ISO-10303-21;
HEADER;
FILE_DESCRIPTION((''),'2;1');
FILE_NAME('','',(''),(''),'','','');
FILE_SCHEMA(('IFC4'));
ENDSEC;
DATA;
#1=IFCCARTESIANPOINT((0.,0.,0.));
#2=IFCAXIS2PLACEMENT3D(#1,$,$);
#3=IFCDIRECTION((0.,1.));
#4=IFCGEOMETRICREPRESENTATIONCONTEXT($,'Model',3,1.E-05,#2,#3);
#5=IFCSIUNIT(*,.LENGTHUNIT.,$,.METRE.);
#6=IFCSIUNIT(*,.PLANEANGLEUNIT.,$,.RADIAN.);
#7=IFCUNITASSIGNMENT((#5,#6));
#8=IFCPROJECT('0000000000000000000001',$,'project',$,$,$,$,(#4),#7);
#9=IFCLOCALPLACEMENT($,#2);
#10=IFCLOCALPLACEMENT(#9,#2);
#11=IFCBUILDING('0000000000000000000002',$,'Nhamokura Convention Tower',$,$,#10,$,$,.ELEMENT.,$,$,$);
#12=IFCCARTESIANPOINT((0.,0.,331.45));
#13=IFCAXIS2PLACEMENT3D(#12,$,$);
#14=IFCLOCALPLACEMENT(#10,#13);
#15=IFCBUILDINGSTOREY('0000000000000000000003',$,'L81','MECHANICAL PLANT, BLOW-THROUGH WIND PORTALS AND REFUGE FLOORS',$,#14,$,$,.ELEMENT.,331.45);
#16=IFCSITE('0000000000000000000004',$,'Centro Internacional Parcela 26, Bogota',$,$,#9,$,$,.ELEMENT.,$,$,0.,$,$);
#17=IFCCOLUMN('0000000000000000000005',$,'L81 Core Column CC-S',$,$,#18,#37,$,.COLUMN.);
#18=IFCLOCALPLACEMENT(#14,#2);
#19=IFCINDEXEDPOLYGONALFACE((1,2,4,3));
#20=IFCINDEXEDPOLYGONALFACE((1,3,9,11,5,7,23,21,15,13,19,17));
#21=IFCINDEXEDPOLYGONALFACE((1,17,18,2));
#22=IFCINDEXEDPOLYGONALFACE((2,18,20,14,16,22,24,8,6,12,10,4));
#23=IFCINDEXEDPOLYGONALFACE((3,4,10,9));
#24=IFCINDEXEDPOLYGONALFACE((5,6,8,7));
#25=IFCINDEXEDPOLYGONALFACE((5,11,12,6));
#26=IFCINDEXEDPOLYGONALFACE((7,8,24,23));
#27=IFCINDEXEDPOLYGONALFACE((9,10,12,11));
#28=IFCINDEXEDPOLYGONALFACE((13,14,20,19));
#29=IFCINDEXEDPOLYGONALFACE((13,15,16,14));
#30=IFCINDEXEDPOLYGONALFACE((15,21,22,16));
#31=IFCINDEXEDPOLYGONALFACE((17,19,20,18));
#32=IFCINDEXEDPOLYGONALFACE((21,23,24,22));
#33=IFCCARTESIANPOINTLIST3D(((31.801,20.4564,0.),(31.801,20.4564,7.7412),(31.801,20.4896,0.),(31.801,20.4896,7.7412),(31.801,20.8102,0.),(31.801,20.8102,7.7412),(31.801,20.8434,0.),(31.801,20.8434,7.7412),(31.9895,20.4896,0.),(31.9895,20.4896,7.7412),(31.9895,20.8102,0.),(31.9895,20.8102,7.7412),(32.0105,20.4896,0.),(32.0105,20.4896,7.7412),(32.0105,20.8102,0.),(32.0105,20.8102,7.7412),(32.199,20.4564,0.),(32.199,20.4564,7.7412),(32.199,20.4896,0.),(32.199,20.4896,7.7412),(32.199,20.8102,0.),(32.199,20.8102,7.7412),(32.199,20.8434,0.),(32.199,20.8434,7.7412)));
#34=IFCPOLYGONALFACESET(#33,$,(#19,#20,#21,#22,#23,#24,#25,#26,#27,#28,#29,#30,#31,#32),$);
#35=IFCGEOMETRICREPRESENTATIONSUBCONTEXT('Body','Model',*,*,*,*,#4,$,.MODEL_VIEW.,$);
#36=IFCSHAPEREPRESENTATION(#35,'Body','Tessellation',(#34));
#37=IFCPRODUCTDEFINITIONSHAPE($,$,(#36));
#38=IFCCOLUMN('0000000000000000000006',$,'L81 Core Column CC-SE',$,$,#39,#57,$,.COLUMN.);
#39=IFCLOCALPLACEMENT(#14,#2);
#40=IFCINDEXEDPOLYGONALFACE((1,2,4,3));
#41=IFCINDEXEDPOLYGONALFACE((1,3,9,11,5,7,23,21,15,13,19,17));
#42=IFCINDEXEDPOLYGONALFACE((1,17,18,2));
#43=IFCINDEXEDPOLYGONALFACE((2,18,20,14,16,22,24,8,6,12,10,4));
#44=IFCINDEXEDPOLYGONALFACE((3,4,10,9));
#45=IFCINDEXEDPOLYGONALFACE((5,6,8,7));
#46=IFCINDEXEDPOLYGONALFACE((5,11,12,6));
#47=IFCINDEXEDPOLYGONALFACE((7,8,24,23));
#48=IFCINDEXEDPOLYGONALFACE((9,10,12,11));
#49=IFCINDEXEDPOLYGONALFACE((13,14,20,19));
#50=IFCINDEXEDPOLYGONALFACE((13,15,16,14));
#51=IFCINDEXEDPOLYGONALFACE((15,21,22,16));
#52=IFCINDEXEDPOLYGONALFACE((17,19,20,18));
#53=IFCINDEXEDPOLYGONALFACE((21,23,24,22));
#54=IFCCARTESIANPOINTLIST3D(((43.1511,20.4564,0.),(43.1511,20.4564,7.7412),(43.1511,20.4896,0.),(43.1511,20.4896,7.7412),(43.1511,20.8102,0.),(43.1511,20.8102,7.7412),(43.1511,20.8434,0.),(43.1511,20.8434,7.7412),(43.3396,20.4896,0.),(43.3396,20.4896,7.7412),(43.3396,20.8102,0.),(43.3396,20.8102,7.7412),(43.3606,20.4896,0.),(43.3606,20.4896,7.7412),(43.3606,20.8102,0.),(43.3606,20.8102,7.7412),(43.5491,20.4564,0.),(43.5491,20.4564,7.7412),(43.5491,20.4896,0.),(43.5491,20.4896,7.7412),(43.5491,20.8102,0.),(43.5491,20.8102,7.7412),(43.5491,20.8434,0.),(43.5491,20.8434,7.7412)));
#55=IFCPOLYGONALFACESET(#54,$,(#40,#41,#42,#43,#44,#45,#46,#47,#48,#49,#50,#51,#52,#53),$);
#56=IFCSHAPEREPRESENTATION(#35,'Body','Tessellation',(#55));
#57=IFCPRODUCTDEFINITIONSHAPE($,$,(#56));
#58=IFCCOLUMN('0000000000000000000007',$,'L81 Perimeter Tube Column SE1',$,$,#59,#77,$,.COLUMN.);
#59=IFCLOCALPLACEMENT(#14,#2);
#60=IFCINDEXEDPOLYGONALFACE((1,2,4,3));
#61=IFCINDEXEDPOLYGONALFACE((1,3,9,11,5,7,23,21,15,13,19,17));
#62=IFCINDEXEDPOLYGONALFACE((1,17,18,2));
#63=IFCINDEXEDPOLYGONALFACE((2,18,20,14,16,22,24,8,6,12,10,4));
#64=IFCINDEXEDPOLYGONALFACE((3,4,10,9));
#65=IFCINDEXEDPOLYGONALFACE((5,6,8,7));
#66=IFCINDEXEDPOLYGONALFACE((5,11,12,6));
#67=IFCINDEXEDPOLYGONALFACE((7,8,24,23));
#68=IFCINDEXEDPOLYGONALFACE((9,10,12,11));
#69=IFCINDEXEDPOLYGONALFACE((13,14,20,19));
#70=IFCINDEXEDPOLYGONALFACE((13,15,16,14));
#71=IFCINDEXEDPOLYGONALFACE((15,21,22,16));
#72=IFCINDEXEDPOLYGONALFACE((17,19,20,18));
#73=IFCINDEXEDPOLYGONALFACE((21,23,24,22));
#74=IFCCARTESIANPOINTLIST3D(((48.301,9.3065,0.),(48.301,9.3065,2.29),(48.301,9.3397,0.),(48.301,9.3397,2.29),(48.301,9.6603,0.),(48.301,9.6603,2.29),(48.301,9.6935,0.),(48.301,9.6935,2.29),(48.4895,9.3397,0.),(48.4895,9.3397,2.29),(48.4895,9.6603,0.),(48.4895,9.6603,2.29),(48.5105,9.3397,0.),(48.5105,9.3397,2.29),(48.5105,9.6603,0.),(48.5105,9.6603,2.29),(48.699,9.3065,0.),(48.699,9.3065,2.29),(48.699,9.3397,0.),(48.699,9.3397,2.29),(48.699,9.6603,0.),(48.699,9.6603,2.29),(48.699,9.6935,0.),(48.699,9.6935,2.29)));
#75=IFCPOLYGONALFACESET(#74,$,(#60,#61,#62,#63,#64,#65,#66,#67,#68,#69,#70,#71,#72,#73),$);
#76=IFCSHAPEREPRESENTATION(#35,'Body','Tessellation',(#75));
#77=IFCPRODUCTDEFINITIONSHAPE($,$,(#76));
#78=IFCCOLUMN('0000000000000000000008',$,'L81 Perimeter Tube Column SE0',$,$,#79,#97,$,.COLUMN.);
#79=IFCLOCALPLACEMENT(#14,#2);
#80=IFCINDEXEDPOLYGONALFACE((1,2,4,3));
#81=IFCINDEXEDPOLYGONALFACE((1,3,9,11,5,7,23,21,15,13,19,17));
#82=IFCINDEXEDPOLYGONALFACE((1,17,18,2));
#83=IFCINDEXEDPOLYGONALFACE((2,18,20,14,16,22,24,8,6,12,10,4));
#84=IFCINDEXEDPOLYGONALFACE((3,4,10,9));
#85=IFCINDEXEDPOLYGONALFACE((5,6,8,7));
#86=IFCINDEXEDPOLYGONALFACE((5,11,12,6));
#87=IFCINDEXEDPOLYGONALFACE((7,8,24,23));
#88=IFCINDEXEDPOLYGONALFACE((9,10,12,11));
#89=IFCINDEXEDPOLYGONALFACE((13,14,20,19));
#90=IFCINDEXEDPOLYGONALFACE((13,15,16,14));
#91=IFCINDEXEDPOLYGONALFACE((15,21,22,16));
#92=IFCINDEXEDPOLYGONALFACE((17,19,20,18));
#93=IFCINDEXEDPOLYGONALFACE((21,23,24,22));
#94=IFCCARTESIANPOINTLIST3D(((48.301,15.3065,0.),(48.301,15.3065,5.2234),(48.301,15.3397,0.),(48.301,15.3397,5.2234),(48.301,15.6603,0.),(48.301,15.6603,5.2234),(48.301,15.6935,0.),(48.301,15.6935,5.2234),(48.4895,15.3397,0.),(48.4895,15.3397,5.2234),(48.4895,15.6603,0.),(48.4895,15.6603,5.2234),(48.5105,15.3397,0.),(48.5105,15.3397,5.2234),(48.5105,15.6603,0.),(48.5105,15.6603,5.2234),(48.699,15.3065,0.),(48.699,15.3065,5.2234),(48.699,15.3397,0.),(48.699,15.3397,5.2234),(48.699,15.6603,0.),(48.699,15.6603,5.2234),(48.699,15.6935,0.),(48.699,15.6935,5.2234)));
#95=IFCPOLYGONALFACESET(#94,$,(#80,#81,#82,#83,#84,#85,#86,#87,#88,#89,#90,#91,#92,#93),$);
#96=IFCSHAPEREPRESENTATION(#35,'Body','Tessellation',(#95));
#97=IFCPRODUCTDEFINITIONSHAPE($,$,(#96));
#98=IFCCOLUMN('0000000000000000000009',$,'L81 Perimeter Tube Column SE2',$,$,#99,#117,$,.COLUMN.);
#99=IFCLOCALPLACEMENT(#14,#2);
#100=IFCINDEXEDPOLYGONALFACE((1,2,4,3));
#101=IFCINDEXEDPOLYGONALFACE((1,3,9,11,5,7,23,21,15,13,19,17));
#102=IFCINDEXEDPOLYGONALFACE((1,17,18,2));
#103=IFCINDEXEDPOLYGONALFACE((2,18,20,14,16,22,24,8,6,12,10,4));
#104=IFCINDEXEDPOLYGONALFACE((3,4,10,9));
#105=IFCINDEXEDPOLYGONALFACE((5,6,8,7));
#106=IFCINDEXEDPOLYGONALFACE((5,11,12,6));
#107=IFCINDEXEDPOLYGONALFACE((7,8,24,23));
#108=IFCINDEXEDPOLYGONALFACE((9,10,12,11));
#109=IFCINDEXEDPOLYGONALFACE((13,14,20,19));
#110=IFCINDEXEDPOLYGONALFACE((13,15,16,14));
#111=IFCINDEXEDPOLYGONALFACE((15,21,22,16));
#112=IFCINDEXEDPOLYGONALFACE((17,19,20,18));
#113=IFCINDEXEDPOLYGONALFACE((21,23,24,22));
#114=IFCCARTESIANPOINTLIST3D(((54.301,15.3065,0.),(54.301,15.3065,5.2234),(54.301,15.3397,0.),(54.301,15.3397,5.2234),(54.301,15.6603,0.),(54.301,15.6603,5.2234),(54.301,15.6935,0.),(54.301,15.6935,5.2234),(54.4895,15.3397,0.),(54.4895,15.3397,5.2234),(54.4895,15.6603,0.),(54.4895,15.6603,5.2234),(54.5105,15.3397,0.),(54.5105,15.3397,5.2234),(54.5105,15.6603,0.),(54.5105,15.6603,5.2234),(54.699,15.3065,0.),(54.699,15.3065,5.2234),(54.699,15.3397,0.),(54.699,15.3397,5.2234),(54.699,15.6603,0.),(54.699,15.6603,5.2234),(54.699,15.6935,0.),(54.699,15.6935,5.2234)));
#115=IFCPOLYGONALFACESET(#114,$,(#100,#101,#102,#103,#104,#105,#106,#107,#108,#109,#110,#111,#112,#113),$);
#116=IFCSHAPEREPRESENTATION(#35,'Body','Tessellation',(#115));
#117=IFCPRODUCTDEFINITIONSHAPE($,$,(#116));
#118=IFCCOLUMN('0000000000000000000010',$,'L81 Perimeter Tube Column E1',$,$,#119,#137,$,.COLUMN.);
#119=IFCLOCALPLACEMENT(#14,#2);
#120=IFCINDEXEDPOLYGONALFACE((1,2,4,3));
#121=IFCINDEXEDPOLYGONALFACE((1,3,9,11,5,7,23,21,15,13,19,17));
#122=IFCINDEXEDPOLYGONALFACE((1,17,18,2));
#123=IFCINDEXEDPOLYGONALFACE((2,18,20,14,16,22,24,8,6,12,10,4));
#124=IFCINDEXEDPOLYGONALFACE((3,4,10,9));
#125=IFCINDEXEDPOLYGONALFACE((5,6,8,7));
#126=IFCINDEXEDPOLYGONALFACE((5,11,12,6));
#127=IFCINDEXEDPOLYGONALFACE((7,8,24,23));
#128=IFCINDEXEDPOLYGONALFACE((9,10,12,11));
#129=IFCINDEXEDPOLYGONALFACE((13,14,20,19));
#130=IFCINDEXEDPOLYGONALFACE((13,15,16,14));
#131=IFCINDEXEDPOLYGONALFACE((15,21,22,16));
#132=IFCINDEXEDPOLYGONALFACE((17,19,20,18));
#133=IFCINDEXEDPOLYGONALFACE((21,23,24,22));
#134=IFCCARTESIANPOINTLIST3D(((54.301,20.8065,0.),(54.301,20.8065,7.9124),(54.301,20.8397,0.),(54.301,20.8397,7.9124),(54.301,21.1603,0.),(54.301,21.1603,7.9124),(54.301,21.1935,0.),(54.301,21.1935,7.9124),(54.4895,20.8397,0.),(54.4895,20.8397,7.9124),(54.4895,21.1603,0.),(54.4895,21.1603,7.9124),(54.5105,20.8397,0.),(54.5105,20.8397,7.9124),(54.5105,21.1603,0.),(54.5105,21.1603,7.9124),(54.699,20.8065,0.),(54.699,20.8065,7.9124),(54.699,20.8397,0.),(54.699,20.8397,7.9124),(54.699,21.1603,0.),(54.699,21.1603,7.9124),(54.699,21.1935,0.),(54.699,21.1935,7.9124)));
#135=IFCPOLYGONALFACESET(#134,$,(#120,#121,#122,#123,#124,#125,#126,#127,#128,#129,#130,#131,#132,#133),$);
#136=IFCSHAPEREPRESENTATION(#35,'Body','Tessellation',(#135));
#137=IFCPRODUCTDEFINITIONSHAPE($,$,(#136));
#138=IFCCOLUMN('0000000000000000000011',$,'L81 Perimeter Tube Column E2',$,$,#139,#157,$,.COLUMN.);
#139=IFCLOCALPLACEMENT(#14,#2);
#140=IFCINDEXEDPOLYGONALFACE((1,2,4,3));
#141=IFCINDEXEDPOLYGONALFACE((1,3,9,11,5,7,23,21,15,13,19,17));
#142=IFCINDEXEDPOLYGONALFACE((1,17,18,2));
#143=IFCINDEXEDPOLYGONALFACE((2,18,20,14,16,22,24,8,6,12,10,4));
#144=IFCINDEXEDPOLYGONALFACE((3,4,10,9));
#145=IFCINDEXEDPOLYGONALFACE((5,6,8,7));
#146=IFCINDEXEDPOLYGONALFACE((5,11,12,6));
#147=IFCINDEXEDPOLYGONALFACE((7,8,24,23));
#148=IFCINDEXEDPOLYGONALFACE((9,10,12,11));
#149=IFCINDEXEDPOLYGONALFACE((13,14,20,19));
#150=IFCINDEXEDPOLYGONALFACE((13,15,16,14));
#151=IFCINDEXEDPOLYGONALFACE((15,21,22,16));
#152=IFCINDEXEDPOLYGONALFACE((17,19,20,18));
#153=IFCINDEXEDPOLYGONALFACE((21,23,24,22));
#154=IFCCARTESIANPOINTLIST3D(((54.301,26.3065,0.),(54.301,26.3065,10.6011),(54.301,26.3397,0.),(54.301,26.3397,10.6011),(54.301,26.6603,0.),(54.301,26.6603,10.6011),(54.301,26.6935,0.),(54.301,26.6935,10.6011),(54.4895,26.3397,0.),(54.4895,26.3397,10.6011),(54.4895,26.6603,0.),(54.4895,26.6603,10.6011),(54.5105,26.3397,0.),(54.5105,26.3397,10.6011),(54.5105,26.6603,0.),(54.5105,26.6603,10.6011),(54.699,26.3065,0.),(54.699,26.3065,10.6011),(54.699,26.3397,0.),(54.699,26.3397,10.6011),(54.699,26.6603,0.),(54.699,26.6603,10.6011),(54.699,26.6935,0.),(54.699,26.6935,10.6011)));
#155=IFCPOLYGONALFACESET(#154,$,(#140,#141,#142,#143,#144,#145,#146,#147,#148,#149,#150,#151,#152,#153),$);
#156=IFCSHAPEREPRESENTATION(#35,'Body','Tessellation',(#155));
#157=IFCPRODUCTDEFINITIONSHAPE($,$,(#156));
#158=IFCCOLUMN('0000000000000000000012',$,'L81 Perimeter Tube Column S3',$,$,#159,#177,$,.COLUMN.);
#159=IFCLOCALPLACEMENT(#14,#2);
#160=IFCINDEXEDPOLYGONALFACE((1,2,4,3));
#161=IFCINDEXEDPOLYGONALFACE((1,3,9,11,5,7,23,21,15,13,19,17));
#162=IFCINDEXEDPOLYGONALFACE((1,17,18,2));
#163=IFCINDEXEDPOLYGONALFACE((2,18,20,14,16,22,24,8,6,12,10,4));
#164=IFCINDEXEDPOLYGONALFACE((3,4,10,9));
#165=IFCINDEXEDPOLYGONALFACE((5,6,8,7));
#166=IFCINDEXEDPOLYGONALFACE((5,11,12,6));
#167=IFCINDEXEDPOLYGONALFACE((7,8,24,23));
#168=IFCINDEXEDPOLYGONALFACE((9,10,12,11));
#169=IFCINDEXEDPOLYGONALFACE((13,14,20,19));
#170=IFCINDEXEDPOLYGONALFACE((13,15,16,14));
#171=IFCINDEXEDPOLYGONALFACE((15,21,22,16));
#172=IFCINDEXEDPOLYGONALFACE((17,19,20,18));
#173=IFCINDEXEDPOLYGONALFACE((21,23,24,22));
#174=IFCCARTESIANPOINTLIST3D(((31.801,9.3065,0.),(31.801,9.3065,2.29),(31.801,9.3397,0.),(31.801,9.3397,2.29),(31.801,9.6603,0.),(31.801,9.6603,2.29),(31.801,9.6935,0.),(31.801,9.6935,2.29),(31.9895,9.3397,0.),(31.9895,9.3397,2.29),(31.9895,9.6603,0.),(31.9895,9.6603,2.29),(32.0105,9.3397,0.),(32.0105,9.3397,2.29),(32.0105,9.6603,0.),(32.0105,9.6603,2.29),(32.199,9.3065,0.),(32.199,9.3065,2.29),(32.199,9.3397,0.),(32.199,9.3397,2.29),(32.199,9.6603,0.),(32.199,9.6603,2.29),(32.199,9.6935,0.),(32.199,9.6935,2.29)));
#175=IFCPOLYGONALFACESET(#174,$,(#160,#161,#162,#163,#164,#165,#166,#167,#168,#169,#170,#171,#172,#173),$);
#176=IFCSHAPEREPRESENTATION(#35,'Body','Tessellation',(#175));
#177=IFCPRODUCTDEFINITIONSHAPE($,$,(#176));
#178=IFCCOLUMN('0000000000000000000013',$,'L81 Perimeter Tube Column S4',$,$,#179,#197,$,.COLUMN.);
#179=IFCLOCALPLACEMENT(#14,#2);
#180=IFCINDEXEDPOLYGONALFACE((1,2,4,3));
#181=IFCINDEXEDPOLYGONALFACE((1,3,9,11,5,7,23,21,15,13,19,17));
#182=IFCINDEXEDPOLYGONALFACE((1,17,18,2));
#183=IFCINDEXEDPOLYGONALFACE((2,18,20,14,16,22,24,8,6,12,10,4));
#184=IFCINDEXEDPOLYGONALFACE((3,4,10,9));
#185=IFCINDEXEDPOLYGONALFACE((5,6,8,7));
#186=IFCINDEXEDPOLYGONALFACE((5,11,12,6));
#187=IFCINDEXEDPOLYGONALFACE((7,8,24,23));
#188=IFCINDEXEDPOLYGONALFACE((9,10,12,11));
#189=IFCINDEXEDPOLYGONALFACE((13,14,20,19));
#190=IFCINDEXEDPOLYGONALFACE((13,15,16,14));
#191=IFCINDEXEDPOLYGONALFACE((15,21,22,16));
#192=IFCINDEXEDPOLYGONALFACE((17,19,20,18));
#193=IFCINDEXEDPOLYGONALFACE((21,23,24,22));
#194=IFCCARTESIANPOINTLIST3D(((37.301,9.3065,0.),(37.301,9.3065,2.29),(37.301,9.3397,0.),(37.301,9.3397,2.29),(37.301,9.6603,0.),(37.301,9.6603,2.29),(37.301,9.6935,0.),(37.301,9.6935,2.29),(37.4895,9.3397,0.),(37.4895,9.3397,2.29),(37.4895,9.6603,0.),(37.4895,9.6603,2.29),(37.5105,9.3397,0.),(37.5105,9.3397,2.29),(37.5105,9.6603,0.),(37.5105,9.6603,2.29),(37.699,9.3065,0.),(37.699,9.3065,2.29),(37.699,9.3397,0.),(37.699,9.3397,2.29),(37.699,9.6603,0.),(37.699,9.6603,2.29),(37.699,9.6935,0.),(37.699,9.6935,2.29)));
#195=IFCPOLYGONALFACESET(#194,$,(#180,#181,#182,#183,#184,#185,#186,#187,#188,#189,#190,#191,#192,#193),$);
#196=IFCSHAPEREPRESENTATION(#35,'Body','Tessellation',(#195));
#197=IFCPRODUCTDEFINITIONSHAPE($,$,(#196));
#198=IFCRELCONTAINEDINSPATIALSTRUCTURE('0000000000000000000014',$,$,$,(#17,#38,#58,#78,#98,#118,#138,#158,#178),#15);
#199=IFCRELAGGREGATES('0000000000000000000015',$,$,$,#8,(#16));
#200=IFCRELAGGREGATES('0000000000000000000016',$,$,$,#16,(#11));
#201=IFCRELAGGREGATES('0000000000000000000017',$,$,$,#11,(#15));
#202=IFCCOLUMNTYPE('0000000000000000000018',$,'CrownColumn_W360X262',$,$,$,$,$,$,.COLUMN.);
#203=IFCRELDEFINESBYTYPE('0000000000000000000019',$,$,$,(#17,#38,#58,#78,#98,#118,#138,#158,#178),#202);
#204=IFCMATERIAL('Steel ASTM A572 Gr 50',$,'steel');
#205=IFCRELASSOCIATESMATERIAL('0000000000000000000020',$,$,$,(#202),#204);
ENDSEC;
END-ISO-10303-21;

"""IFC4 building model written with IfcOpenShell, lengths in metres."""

from ifc_helpers import new_model, si_unit, direction, frame, origin, origin_2d, place, context, subcontext, project, spatial, i_section, extrude, material, material_profile, profile_set, type_object, element, save


model = new_model("IFC4")

# Units and contexts
model_context = context("Model", 3, precision=1e-05, world=origin(), true_north=direction((0.0, 1.0)))
body_context = subcontext(model_context, "Body", "Model", "MODEL_VIEW")
ifc_project = project(units=[si_unit("LENGTHUNIT", "METRE"), si_unit("PLANEANGLEUNIT", "RADIAN")], contexts=[model_context])

# Site, building, storey
site_placement = place(None, origin())
site = spatial("IfcSite", under=ifc_project, at=site_placement, Name="Centro Internacional Parcela 26, Bogota", CompositionType="ELEMENT", RefElevation=0.0)
building_placement = place(site_placement, origin())
building = spatial("IfcBuilding", under=site, at=building_placement, Name="Nhamokura Convention Tower", CompositionType="ELEMENT")
storey_placement = place(building_placement, frame((0.0, 0.0, 331.45)))
storey = spatial("IfcBuildingStorey", under=building, at=storey_placement, Name="L81", Description="MECHANICAL PLANT, BLOW-THROUGH WIND PORTALS AND REFUGE FLOORS", CompositionType="ELEMENT", Elevation=331.45)

# Columns
ifc_material_1 = material(Name="Steel ASTM A572 Gr 50", Category="steel")
ifc_material_profile_1 = material_profile(ifc_material_1, i_section(OverallWidth=0.3979, OverallDepth=0.387, WebThickness=0.021, FlangeThickness=0.0332, at=origin_2d()))
ifc_profile_set_1 = profile_set([ifc_material_profile_1], Name="Steel ASTM A572 Gr 50")
column_type = type_object("IfcColumnType", Name="CrownColumn_W360X262", PredefinedType="COLUMN", material=ifc_profile_set_1)
for number, where, z_axis, x_axis, name in (
    (1, (32.0, 20.6499, 0.0), (0.0, 0.0, 1.0), (1.0, 0.0, 0.0), "L81 Core Column CC-S"),
    (2, (43.3501, 20.6499, 0.0), (0.0, 0.0, 1.0), (1.0, 0.0, 0.0), "L81 Core Column CC-SE"),
):
    element("IfcColumn", number, at=place(storey_placement, frame(where, z_axis=z_axis, x_axis=x_axis)), inside=storey, type_object=column_type, Name=name, PredefinedType="COLUMN", context=body_context, shape_type="SweptSolid", body=[
        extrude(i_section(OverallWidth=0.3979, OverallDepth=0.387, WebThickness=0.021, FlangeThickness=0.0332, at=origin_2d()), origin(), (0.0, 0.0, 1.0), 7.7412),
    ])
column_1_placement = place(storey_placement, frame((48.5, 9.5, 0.0), z_axis=(0.0, 0.0, 1.0), x_axis=(1.0, 0.0, 0.0)))
element("IfcColumn", 3, at=column_1_placement, inside=storey, type_object=column_type, Name="L81 Perimeter Tube Column SE1", PredefinedType="COLUMN", context=body_context, shape_type="SweptSolid", body=[
    extrude(i_section(OverallWidth=0.3979, OverallDepth=0.387, WebThickness=0.021, FlangeThickness=0.0332, at=origin_2d()), origin(), (0.0, 0.0, 1.0), 2.29),
])
for number, where, z_axis, x_axis, name in (
    (4, (48.5, 15.5, 0.0), (0.0, 0.0, 1.0), (1.0, 0.0, 0.0), "L81 Perimeter Tube Column SE0"),
    (5, (54.5, 15.5, 0.0), (0.0, 0.0, 1.0), (1.0, 0.0, 0.0), "L81 Perimeter Tube Column SE2"),
):
    element("IfcColumn", number, at=place(storey_placement, frame(where, z_axis=z_axis, x_axis=x_axis)), inside=storey, type_object=column_type, Name=name, PredefinedType="COLUMN", context=body_context, shape_type="SweptSolid", body=[
        extrude(i_section(OverallWidth=0.3979, OverallDepth=0.387, WebThickness=0.021, FlangeThickness=0.0332, at=origin_2d()), origin(), (0.0, 0.0, 1.0), 5.2234),
    ])
column_2_placement = place(storey_placement, frame((54.5, 21.0, 0.0), z_axis=(0.0, 0.0, 1.0), x_axis=(1.0, 0.0, 0.0)))
element("IfcColumn", 6, at=column_2_placement, inside=storey, type_object=column_type, Name="L81 Perimeter Tube Column E1", PredefinedType="COLUMN", context=body_context, shape_type="SweptSolid", body=[
    extrude(i_section(OverallWidth=0.3979, OverallDepth=0.387, WebThickness=0.021, FlangeThickness=0.0332, at=origin_2d()), origin(), (0.0, 0.0, 1.0), 7.9124),
])
column_3_placement = place(storey_placement, frame((54.5, 26.5, 0.0), z_axis=(0.0, 0.0, 1.0), x_axis=(1.0, 0.0, 0.0)))
element("IfcColumn", 7, at=column_3_placement, inside=storey, type_object=column_type, Name="L81 Perimeter Tube Column E2", PredefinedType="COLUMN", context=body_context, shape_type="SweptSolid", body=[
    extrude(i_section(OverallWidth=0.3979, OverallDepth=0.387, WebThickness=0.021, FlangeThickness=0.0332, at=origin_2d()), origin(), (0.0, 0.0, 1.0), 10.6011),
])
for number, where, z_axis, x_axis, name in (
    (8, (32.0, 9.5, 0.0), (0.0, 0.0, 1.0), (1.0, 0.0, 0.0), "L81 Perimeter Tube Column S3"),
    (9, (37.5, 9.5, 0.0), (0.0, 0.0, 1.0), (1.0, 0.0, 0.0), "L81 Perimeter Tube Column S4"),
):
    element("IfcColumn", number, at=place(storey_placement, frame(where, z_axis=z_axis, x_axis=x_axis)), inside=storey, type_object=column_type, Name=name, PredefinedType="COLUMN", context=body_context, shape_type="SweptSolid", body=[
        extrude(i_section(OverallWidth=0.3979, OverallDepth=0.387, WebThickness=0.021, FlangeThickness=0.0332, at=origin_2d()), origin(), (0.0, 0.0, 1.0), 2.29),
    ])

save(model, "model.ifc")
